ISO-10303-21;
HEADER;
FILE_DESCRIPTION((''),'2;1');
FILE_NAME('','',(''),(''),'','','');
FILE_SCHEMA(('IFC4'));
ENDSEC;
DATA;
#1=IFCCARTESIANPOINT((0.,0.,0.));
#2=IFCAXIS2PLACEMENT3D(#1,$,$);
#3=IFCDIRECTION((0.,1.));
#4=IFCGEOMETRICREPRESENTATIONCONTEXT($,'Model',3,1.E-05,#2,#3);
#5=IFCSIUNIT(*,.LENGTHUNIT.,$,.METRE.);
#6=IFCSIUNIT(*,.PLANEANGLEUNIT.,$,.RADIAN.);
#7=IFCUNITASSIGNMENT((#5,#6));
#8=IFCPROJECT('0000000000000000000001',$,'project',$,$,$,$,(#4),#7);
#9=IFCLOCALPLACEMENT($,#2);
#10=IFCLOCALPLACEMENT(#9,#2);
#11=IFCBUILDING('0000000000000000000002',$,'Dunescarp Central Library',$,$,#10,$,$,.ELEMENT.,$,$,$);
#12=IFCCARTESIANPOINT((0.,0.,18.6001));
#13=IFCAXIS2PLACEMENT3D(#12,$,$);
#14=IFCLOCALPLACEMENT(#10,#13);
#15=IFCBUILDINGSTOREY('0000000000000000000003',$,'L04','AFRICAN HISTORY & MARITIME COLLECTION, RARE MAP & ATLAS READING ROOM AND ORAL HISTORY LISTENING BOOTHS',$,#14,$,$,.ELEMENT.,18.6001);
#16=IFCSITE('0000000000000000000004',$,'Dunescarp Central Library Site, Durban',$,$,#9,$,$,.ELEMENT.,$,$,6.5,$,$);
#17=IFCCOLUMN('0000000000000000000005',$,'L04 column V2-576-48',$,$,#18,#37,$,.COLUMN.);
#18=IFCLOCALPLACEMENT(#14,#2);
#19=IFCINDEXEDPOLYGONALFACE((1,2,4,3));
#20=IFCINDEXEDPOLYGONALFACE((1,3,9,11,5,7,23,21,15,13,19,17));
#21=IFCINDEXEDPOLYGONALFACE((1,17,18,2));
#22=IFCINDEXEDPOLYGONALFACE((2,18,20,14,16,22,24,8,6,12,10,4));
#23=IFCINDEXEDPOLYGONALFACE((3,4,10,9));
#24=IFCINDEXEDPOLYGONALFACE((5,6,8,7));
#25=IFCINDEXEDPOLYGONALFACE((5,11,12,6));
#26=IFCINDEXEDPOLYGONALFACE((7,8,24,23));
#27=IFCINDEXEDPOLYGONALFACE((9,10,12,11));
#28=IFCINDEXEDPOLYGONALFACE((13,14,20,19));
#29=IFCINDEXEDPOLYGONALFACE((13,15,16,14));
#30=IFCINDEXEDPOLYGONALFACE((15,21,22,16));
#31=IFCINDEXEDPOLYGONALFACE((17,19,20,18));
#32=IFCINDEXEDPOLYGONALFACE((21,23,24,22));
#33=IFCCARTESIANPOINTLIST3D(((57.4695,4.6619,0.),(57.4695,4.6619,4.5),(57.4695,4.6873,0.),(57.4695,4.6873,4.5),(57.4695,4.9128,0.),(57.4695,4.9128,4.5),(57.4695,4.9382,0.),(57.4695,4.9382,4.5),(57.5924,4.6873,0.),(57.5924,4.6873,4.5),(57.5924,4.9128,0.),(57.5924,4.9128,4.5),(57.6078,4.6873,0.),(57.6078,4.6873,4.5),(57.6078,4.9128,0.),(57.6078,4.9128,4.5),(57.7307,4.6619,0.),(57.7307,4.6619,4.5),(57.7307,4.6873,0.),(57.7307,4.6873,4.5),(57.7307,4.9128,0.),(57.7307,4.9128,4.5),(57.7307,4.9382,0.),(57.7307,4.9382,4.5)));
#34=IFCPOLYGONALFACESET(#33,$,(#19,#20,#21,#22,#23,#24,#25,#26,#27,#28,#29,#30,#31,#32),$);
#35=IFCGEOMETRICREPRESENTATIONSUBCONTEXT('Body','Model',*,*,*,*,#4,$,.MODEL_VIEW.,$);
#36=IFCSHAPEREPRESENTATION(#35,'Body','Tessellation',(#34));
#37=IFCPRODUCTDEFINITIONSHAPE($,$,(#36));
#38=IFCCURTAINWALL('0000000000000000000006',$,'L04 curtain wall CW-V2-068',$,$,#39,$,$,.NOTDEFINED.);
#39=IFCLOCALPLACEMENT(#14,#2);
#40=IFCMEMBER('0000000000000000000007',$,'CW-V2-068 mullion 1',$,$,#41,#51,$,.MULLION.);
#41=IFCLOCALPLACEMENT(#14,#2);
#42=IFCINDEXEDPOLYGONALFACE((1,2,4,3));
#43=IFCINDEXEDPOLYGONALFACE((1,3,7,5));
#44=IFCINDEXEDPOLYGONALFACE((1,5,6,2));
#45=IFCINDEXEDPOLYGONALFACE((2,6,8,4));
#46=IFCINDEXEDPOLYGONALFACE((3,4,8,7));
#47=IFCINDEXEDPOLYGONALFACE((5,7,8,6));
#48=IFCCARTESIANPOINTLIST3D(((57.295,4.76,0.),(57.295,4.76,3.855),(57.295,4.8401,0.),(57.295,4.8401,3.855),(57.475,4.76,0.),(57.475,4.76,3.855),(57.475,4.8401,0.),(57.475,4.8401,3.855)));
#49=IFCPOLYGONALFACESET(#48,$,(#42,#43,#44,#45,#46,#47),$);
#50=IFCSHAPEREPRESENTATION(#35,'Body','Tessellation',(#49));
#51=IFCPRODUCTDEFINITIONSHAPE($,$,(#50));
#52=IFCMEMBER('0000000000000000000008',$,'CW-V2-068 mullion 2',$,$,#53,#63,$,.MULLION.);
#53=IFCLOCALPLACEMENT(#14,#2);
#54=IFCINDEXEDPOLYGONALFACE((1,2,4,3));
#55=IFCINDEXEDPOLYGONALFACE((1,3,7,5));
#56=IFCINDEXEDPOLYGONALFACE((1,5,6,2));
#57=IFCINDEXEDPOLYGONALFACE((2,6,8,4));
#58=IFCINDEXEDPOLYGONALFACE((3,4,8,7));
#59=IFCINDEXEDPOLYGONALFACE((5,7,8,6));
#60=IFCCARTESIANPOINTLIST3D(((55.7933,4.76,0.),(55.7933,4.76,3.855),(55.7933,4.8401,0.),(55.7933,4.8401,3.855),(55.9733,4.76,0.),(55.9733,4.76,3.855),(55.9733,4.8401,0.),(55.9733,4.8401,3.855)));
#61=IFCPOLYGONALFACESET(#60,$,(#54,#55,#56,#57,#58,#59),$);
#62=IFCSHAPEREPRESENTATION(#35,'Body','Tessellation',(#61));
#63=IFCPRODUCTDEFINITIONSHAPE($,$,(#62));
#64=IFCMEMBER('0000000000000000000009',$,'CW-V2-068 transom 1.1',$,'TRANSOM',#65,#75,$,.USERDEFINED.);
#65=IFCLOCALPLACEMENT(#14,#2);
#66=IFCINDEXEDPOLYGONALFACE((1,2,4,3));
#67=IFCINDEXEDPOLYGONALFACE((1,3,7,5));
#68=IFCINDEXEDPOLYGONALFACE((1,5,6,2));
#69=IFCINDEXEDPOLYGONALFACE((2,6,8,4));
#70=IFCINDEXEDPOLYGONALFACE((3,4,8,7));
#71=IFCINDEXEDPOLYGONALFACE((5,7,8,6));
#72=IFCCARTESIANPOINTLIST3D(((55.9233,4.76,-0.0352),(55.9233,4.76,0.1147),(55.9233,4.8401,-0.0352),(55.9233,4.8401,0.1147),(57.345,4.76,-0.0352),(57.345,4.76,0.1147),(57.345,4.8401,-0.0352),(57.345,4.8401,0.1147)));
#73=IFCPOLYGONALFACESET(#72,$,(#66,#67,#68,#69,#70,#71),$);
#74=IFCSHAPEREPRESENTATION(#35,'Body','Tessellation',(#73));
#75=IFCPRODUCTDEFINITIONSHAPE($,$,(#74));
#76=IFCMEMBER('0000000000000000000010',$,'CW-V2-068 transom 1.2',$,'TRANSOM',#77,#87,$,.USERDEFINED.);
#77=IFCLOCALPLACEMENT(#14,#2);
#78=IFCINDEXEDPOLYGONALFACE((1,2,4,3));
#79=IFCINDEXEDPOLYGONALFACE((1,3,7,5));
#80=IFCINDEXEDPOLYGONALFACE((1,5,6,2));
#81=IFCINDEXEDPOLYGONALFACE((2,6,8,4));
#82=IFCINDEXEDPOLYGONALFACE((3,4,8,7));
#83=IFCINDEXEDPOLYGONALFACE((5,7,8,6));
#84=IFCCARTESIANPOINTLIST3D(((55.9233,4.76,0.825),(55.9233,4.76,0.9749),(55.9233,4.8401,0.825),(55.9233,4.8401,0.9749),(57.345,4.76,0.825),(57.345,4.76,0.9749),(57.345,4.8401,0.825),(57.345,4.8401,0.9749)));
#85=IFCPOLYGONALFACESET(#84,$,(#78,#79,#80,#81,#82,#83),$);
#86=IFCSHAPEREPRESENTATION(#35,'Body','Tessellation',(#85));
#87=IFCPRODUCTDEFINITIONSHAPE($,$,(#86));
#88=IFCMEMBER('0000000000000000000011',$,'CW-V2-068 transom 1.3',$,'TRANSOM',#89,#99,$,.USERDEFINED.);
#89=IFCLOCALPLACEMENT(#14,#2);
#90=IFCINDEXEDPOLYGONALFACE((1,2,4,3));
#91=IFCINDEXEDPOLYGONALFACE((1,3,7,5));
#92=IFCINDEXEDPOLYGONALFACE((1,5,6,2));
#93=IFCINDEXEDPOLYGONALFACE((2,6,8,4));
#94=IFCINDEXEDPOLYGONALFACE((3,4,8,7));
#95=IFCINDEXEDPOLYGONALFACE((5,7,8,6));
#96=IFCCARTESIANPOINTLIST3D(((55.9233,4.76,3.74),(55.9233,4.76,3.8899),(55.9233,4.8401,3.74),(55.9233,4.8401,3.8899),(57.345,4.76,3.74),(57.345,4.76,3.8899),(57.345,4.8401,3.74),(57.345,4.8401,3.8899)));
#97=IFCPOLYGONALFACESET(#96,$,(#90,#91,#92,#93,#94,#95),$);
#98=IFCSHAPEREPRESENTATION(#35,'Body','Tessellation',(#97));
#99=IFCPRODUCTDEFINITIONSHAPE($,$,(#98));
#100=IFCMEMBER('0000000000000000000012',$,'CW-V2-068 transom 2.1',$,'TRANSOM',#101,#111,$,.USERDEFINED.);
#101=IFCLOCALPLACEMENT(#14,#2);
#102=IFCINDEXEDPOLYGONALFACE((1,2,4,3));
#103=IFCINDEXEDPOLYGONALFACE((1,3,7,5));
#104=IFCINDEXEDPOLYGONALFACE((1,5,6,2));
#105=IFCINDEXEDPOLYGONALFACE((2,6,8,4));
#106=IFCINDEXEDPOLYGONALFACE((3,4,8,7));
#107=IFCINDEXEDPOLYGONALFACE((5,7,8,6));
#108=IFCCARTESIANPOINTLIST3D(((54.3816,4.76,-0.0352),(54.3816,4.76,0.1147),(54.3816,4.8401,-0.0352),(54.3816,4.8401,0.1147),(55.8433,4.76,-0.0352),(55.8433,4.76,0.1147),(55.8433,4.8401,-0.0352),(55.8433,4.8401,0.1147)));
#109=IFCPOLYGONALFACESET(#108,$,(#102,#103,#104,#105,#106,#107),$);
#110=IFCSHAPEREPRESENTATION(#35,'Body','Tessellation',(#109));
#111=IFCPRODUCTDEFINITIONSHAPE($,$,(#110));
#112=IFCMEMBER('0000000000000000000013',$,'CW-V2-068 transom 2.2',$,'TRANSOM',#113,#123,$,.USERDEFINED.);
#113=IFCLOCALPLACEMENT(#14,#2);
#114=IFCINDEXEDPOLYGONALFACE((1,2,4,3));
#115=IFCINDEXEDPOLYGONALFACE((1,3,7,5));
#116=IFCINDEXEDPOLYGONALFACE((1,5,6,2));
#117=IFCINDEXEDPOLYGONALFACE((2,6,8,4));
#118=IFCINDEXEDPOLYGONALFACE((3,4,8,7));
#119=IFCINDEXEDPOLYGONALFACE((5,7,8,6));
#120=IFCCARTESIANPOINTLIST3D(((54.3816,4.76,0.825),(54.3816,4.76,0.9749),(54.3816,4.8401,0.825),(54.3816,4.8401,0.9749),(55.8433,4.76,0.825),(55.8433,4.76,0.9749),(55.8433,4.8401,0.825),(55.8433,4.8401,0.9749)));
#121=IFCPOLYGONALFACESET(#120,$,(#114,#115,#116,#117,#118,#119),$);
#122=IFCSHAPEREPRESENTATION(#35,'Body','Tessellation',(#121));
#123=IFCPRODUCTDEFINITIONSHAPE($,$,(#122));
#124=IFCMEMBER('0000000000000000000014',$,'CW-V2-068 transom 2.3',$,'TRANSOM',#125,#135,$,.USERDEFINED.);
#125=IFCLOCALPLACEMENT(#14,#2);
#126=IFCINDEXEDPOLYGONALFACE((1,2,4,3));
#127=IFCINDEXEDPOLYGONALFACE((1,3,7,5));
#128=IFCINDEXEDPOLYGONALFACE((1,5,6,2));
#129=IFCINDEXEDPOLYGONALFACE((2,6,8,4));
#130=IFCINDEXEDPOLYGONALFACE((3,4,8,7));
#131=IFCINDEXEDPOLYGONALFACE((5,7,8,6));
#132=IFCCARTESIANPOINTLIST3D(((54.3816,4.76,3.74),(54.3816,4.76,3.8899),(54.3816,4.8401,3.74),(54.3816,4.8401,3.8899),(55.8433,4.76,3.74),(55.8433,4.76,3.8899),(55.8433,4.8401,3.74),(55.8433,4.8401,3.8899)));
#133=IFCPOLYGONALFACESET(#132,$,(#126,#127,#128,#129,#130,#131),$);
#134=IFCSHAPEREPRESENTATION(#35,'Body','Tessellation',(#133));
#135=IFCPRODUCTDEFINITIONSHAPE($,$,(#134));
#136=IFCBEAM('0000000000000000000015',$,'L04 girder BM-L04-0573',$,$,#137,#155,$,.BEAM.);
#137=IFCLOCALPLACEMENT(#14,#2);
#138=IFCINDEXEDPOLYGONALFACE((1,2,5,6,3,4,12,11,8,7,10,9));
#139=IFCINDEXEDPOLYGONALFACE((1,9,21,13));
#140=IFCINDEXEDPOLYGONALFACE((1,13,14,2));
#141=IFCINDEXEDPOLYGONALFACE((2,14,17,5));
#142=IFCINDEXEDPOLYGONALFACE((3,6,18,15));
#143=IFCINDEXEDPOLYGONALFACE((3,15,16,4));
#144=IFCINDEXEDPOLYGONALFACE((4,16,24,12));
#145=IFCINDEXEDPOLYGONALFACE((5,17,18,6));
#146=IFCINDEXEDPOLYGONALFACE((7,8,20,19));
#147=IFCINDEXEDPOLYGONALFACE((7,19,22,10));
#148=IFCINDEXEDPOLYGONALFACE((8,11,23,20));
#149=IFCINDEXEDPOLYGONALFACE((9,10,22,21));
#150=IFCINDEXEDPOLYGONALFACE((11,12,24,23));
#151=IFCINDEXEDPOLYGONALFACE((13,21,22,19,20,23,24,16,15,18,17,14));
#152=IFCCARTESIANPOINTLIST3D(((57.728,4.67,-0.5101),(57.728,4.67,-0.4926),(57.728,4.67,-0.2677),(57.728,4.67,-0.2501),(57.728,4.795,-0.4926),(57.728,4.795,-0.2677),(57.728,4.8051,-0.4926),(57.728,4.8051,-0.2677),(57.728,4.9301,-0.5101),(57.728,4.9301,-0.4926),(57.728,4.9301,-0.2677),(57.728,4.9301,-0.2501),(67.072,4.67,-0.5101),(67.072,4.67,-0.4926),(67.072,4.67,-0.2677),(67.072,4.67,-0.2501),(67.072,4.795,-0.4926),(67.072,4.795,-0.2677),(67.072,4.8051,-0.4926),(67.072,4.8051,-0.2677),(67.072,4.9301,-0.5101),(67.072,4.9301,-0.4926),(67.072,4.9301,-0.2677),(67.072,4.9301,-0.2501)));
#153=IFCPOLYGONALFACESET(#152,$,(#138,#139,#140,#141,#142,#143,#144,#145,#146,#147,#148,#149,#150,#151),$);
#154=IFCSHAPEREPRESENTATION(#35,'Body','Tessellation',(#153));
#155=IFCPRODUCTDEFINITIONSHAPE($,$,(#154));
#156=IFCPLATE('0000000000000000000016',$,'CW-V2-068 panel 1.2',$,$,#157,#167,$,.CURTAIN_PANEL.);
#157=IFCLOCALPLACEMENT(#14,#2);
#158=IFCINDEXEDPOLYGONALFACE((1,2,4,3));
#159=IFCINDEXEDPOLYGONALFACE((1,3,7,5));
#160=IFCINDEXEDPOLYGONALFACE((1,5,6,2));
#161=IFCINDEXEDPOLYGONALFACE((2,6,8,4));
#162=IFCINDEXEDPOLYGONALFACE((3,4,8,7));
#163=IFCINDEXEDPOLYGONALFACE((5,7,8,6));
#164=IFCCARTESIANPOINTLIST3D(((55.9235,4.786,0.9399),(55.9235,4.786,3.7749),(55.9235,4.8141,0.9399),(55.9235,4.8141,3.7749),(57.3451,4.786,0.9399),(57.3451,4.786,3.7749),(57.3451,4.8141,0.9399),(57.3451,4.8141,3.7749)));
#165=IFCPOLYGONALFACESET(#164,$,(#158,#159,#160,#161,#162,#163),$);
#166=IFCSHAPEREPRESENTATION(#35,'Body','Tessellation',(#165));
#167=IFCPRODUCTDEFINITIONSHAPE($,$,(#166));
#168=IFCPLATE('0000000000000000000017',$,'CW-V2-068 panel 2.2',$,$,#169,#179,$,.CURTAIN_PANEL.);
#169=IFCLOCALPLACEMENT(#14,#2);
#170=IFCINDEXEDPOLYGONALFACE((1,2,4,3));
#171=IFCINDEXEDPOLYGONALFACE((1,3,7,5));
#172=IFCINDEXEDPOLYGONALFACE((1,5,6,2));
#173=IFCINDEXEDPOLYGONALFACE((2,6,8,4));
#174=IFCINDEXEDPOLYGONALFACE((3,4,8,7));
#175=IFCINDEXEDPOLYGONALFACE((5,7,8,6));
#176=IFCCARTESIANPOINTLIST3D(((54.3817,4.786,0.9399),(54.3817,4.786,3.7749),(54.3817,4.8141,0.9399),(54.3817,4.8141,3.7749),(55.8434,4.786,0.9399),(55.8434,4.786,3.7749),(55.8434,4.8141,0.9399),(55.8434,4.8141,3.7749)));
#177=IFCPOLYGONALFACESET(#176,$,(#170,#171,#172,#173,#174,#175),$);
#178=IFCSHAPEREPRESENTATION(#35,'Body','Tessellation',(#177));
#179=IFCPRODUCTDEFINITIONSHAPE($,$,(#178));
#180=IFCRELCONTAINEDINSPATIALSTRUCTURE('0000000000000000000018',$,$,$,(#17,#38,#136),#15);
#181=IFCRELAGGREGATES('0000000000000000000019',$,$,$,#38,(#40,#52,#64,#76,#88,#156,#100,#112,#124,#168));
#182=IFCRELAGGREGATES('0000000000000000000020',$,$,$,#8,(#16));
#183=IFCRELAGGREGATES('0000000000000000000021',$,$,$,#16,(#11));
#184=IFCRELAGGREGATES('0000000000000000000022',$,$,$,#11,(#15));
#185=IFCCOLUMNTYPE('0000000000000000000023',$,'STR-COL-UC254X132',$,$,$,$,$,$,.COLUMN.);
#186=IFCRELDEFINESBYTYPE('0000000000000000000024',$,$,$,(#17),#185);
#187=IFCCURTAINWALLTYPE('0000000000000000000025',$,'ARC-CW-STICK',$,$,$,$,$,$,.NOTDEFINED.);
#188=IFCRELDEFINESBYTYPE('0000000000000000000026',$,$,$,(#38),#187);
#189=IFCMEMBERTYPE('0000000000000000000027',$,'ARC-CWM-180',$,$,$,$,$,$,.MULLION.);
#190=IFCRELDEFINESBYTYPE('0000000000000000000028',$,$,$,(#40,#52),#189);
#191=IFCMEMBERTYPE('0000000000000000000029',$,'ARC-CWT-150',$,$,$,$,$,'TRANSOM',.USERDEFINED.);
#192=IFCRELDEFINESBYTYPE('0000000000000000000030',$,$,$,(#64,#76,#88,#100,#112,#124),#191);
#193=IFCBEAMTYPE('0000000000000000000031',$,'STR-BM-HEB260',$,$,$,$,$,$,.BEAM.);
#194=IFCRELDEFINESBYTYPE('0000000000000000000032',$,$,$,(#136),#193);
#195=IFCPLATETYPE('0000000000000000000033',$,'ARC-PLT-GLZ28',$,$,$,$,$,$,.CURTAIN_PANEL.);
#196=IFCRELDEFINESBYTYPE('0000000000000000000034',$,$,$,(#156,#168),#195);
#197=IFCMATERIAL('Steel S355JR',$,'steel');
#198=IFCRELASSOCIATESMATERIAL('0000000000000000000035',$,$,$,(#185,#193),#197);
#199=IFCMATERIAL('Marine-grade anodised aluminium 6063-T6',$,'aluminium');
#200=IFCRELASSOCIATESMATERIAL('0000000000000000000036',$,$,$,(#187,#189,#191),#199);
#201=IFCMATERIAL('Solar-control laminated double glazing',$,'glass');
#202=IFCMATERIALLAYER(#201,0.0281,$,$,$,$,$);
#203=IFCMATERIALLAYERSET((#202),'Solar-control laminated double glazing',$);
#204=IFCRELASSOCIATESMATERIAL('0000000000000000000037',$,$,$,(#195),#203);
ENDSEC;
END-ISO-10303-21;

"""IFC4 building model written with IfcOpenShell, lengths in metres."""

from ifc_helpers import new_model, si_unit, direction, frame, origin, origin_2d, place, context, subcontext, project, spatial, rectangle, i_section, extrude, material, layer, layer_set, material_profile, profile_set, type_object, element, aggregate, save


model = new_model("IFC4")

# Units and contexts
model_context = context("Model", 3, precision=1e-05, world=origin(), true_north=direction((0.0, 1.0)))
body_context = subcontext(model_context, "Body", "Model", "MODEL_VIEW")
ifc_project = project(units=[si_unit("LENGTHUNIT", "METRE"), si_unit("PLANEANGLEUNIT", "RADIAN")], contexts=[model_context])

# Site, building, storey
site_placement = place(None, origin())
site = spatial("IfcSite", under=ifc_project, at=site_placement, Name="Dunescarp Central Library Site, Durban", CompositionType="ELEMENT", RefElevation=6.5)
building_placement = place(site_placement, origin())
building = spatial("IfcBuilding", under=site, at=building_placement, Name="Dunescarp Central Library", CompositionType="ELEMENT")
storey_placement = place(building_placement, frame((0.0, 0.0, 18.6001)))
storey = spatial("IfcBuildingStorey", under=building, at=storey_placement, Name="L04", Description="AFRICAN HISTORY & MARITIME COLLECTION, RARE MAP & ATLAS READING ROOM AND ORAL HISTORY LISTENING BOOTHS", CompositionType="ELEMENT", Elevation=18.6001)

# Column
ifc_material_1 = material(Name="Steel S355JR", Category="steel")
ifc_material_profile_1 = material_profile(ifc_material_1, i_section(OverallWidth=0.2612, OverallDepth=0.2764, WebThickness=0.0154, FlangeThickness=0.0254, at=origin_2d()), Name="UC 254x254x132")
ifc_profile_set_1 = profile_set([ifc_material_profile_1], Name="Steel S355JR")
column_type = type_object("IfcColumnType", Name="STR-COL-UC254X132", PredefinedType="COLUMN", material=ifc_profile_set_1)
column_placement = place(storey_placement, frame((57.6001, 4.8, 0.0), z_axis=(0.0, 0.0, 1.0), x_axis=(1.0, 0.0, 0.0)))
element("IfcColumn", 1, at=column_placement, inside=storey, type_object=column_type, Name="L04 column V2-576-48", PredefinedType="COLUMN", context=body_context, shape_type="SweptSolid", body=[
    extrude(i_section(OverallWidth=0.2612, OverallDepth=0.2764, WebThickness=0.0154, FlangeThickness=0.0254, at=origin_2d()), origin(), (0.0, 0.0, 1.0), 4.5),
])

# Curtain wall, members
ifc_material_2 = material(Name="Marine-grade anodised aluminium 6063-T6", Category="aluminium")
curtain_wall_type = type_object("IfcCurtainWallType", Name="ARC-CW-STICK", PredefinedType="NOTDEFINED", material=ifc_material_2)
curtain_wall_placement = place(storey_placement, origin())
curtain_wall = element("IfcCurtainWall", 2, at=curtain_wall_placement, inside=storey, type_object=curtain_wall_type, Name="L04 curtain wall CW-V2-068", PredefinedType="NOTDEFINED")
ifc_material_profile_2 = material_profile(ifc_material_2, rectangle(XDim=0.0801, YDim=0.1799, at=origin_2d()), Name="AL 80x180")
ifc_profile_set_2 = profile_set([ifc_material_profile_2], Name="Marine-grade anodised aluminium 6063-T6")
member_type_1 = type_object("IfcMemberType", Name="ARC-CWM-180", PredefinedType="MULLION", material=ifc_profile_set_2)
member_1_placement = place(storey_placement, frame((57.385, 4.8, 0.0), z_axis=(0.0, 0.0, 1.0), x_axis=(0.0, -1.0, 0.0)))
member_1 = element("IfcMember", 3, at=member_1_placement, type_object=member_type_1, Name="CW-V2-068 mullion 1", PredefinedType="MULLION", context=body_context, shape_type="SweptSolid", body=[
    extrude(rectangle(XDim=0.0801, YDim=0.1799, at=origin_2d()), origin(), (0.0, 0.0, 1.0), 3.855),
])
member_2_placement = place(storey_placement, frame((55.8833, 4.8, 0.0), z_axis=(0.0, 0.0, 1.0), x_axis=(0.0, -1.0, 0.0)))
member_2 = element("IfcMember", 4, at=member_2_placement, type_object=member_type_1, Name="CW-V2-068 mullion 2", PredefinedType="MULLION", context=body_context, shape_type="SweptSolid", body=[
    extrude(rectangle(XDim=0.0801, YDim=0.1799, at=origin_2d()), origin(), (0.0, 0.0, 1.0), 3.855),
])
ifc_material_profile_3 = material_profile(ifc_material_2, rectangle(XDim=0.0801, YDim=0.1499, at=origin_2d()), Name="AL 80x150")
ifc_profile_set_3 = profile_set([ifc_material_profile_3], Name="Marine-grade anodised aluminium 6063-T6")
member_type_2 = type_object("IfcMemberType", Name="ARC-CWT-150", ElementType="TRANSOM", PredefinedType="USERDEFINED", material=ifc_profile_set_3)
member_3_placement = place(storey_placement, frame((57.345, 4.8, 0.0398), z_axis=(-1.0, 0.0, 0.0), x_axis=(0.0, -1.0, 0.0)))
member_3 = element("IfcMember", 5, at=member_3_placement, type_object=member_type_2, Name="CW-V2-068 transom 1.1", ObjectType="TRANSOM", PredefinedType="USERDEFINED", context=body_context, shape_type="SweptSolid", body=[
    extrude(rectangle(XDim=0.0801, YDim=0.1499, at=origin_2d()), origin(), (0.0, 0.0, 1.0), 1.4216),
])
member_4_placement = place(storey_placement, frame((57.345, 4.8, 0.8999), z_axis=(-1.0, 0.0, 0.0), x_axis=(0.0, -1.0, 0.0)))
member_4 = element("IfcMember", 6, at=member_4_placement, type_object=member_type_2, Name="CW-V2-068 transom 1.2", ObjectType="TRANSOM", PredefinedType="USERDEFINED", context=body_context, shape_type="SweptSolid", body=[
    extrude(rectangle(XDim=0.0801, YDim=0.1499, at=origin_2d()), origin(), (0.0, 0.0, 1.0), 1.4216),
])
member_5_placement = place(storey_placement, frame((57.345, 4.8, 3.8149), z_axis=(-1.0, 0.0, 0.0), x_axis=(0.0, -1.0, 0.0)))
member_5 = element("IfcMember", 7, at=member_5_placement, type_object=member_type_2, Name="CW-V2-068 transom 1.3", ObjectType="TRANSOM", PredefinedType="USERDEFINED", context=body_context, shape_type="SweptSolid", body=[
    extrude(rectangle(XDim=0.0801, YDim=0.1499, at=origin_2d()), origin(), (0.0, 0.0, 1.0), 1.4216),
])
member_6_placement = place(storey_placement, frame((55.8433, 4.8, 0.0398), z_axis=(-1.0, 0.0, 0.0), x_axis=(0.0, -1.0, 0.0)))
member_6 = element("IfcMember", 8, at=member_6_placement, type_object=member_type_2, Name="CW-V2-068 transom 2.1", ObjectType="TRANSOM", PredefinedType="USERDEFINED", context=body_context, shape_type="SweptSolid", body=[
    extrude(rectangle(XDim=0.0801, YDim=0.1499, at=origin_2d()), origin(), (0.0, 0.0, 1.0), 1.4617),
])
member_7_placement = place(storey_placement, frame((55.8433, 4.8, 0.8999), z_axis=(-1.0, 0.0, 0.0), x_axis=(0.0, -1.0, 0.0)))
member_7 = element("IfcMember", 9, at=member_7_placement, type_object=member_type_2, Name="CW-V2-068 transom 2.2", ObjectType="TRANSOM", PredefinedType="USERDEFINED", context=body_context, shape_type="SweptSolid", body=[
    extrude(rectangle(XDim=0.0801, YDim=0.1499, at=origin_2d()), origin(), (0.0, 0.0, 1.0), 1.4617),
])
member_8_placement = place(storey_placement, frame((55.8433, 4.8, 3.8149), z_axis=(-1.0, 0.0, 0.0), x_axis=(0.0, -1.0, 0.0)))
member_8 = element("IfcMember", 10, at=member_8_placement, type_object=member_type_2, Name="CW-V2-068 transom 2.3", ObjectType="TRANSOM", PredefinedType="USERDEFINED", context=body_context, shape_type="SweptSolid", body=[
    extrude(rectangle(XDim=0.0801, YDim=0.1499, at=origin_2d()), origin(), (0.0, 0.0, 1.0), 1.4617),
])

# Beam
ifc_material_profile_4 = material_profile(ifc_material_1, i_section(OverallWidth=0.26, OverallDepth=0.26, WebThickness=0.01, FlangeThickness=0.0176, at=origin_2d()), Name="HEB 260")
ifc_profile_set_4 = profile_set([ifc_material_profile_4], Name="Steel S355JR")
beam_type = type_object("IfcBeamType", Name="STR-BM-HEB260", PredefinedType="BEAM", material=ifc_profile_set_4)
beam_placement = place(storey_placement, frame((57.728, 4.8, -0.3801), z_axis=(1.0, 0.0, 0.0), x_axis=(0.0, 1.0, 0.0)))
element("IfcBeam", 11, at=beam_placement, inside=storey, type_object=beam_type, Name="L04 girder BM-L04-0573", PredefinedType="BEAM", context=body_context, shape_type="SweptSolid", body=[
    extrude(i_section(OverallWidth=0.26, OverallDepth=0.26, WebThickness=0.01, FlangeThickness=0.0176, at=origin_2d()), origin(), (0.0, 0.0, 1.0), 9.344),
])

# Plates
ifc_material_3 = material(Name="Solar-control laminated double glazing", Category="glass")
ifc_layer_1 = layer(ifc_material_3, 0.0281)
ifc_layer_set_1 = layer_set([ifc_layer_1], Name="Solar-control laminated double glazing")
plate_type_1 = type_object("IfcPlateType", Name="ARC-PLT-GLZ28", PredefinedType="CURTAIN_PANEL", material=ifc_layer_set_1)
plate_1_placement = place(storey_placement, frame((56.6343, 4.8, 0.9399), z_axis=(0.0, 0.0, 1.0), x_axis=(-1.0, 0.0, 0.0)))
plate_1 = element("IfcPlate", 12, at=plate_1_placement, type_object=plate_type_1, Name="CW-V2-068 panel 1.2", PredefinedType="CURTAIN_PANEL", context=body_context, shape_type="SweptSolid", body=[
    extrude(rectangle(XDim=1.4216, YDim=0.0281, at=origin_2d()), origin(), (0.0, 0.0, 1.0), 2.835),
])
plate_2_placement = place(storey_placement, frame((55.1125, 4.8, 0.9399), z_axis=(0.0, 0.0, 1.0), x_axis=(-1.0, 0.0, 0.0)))
plate_2 = element("IfcPlate", 13, at=plate_2_placement, type_object=plate_type_1, Name="CW-V2-068 panel 2.2", PredefinedType="CURTAIN_PANEL", context=body_context, shape_type="SweptSolid", body=[
    extrude(rectangle(XDim=1.4617, YDim=0.0281, at=origin_2d()), origin(), (0.0, 0.0, 1.0), 2.835),
])
aggregate(curtain_wall, [member_1, member_2, member_3, member_4, member_5, plate_1, member_6, member_7, member_8, plate_2])

save(model, "model.ifc")
